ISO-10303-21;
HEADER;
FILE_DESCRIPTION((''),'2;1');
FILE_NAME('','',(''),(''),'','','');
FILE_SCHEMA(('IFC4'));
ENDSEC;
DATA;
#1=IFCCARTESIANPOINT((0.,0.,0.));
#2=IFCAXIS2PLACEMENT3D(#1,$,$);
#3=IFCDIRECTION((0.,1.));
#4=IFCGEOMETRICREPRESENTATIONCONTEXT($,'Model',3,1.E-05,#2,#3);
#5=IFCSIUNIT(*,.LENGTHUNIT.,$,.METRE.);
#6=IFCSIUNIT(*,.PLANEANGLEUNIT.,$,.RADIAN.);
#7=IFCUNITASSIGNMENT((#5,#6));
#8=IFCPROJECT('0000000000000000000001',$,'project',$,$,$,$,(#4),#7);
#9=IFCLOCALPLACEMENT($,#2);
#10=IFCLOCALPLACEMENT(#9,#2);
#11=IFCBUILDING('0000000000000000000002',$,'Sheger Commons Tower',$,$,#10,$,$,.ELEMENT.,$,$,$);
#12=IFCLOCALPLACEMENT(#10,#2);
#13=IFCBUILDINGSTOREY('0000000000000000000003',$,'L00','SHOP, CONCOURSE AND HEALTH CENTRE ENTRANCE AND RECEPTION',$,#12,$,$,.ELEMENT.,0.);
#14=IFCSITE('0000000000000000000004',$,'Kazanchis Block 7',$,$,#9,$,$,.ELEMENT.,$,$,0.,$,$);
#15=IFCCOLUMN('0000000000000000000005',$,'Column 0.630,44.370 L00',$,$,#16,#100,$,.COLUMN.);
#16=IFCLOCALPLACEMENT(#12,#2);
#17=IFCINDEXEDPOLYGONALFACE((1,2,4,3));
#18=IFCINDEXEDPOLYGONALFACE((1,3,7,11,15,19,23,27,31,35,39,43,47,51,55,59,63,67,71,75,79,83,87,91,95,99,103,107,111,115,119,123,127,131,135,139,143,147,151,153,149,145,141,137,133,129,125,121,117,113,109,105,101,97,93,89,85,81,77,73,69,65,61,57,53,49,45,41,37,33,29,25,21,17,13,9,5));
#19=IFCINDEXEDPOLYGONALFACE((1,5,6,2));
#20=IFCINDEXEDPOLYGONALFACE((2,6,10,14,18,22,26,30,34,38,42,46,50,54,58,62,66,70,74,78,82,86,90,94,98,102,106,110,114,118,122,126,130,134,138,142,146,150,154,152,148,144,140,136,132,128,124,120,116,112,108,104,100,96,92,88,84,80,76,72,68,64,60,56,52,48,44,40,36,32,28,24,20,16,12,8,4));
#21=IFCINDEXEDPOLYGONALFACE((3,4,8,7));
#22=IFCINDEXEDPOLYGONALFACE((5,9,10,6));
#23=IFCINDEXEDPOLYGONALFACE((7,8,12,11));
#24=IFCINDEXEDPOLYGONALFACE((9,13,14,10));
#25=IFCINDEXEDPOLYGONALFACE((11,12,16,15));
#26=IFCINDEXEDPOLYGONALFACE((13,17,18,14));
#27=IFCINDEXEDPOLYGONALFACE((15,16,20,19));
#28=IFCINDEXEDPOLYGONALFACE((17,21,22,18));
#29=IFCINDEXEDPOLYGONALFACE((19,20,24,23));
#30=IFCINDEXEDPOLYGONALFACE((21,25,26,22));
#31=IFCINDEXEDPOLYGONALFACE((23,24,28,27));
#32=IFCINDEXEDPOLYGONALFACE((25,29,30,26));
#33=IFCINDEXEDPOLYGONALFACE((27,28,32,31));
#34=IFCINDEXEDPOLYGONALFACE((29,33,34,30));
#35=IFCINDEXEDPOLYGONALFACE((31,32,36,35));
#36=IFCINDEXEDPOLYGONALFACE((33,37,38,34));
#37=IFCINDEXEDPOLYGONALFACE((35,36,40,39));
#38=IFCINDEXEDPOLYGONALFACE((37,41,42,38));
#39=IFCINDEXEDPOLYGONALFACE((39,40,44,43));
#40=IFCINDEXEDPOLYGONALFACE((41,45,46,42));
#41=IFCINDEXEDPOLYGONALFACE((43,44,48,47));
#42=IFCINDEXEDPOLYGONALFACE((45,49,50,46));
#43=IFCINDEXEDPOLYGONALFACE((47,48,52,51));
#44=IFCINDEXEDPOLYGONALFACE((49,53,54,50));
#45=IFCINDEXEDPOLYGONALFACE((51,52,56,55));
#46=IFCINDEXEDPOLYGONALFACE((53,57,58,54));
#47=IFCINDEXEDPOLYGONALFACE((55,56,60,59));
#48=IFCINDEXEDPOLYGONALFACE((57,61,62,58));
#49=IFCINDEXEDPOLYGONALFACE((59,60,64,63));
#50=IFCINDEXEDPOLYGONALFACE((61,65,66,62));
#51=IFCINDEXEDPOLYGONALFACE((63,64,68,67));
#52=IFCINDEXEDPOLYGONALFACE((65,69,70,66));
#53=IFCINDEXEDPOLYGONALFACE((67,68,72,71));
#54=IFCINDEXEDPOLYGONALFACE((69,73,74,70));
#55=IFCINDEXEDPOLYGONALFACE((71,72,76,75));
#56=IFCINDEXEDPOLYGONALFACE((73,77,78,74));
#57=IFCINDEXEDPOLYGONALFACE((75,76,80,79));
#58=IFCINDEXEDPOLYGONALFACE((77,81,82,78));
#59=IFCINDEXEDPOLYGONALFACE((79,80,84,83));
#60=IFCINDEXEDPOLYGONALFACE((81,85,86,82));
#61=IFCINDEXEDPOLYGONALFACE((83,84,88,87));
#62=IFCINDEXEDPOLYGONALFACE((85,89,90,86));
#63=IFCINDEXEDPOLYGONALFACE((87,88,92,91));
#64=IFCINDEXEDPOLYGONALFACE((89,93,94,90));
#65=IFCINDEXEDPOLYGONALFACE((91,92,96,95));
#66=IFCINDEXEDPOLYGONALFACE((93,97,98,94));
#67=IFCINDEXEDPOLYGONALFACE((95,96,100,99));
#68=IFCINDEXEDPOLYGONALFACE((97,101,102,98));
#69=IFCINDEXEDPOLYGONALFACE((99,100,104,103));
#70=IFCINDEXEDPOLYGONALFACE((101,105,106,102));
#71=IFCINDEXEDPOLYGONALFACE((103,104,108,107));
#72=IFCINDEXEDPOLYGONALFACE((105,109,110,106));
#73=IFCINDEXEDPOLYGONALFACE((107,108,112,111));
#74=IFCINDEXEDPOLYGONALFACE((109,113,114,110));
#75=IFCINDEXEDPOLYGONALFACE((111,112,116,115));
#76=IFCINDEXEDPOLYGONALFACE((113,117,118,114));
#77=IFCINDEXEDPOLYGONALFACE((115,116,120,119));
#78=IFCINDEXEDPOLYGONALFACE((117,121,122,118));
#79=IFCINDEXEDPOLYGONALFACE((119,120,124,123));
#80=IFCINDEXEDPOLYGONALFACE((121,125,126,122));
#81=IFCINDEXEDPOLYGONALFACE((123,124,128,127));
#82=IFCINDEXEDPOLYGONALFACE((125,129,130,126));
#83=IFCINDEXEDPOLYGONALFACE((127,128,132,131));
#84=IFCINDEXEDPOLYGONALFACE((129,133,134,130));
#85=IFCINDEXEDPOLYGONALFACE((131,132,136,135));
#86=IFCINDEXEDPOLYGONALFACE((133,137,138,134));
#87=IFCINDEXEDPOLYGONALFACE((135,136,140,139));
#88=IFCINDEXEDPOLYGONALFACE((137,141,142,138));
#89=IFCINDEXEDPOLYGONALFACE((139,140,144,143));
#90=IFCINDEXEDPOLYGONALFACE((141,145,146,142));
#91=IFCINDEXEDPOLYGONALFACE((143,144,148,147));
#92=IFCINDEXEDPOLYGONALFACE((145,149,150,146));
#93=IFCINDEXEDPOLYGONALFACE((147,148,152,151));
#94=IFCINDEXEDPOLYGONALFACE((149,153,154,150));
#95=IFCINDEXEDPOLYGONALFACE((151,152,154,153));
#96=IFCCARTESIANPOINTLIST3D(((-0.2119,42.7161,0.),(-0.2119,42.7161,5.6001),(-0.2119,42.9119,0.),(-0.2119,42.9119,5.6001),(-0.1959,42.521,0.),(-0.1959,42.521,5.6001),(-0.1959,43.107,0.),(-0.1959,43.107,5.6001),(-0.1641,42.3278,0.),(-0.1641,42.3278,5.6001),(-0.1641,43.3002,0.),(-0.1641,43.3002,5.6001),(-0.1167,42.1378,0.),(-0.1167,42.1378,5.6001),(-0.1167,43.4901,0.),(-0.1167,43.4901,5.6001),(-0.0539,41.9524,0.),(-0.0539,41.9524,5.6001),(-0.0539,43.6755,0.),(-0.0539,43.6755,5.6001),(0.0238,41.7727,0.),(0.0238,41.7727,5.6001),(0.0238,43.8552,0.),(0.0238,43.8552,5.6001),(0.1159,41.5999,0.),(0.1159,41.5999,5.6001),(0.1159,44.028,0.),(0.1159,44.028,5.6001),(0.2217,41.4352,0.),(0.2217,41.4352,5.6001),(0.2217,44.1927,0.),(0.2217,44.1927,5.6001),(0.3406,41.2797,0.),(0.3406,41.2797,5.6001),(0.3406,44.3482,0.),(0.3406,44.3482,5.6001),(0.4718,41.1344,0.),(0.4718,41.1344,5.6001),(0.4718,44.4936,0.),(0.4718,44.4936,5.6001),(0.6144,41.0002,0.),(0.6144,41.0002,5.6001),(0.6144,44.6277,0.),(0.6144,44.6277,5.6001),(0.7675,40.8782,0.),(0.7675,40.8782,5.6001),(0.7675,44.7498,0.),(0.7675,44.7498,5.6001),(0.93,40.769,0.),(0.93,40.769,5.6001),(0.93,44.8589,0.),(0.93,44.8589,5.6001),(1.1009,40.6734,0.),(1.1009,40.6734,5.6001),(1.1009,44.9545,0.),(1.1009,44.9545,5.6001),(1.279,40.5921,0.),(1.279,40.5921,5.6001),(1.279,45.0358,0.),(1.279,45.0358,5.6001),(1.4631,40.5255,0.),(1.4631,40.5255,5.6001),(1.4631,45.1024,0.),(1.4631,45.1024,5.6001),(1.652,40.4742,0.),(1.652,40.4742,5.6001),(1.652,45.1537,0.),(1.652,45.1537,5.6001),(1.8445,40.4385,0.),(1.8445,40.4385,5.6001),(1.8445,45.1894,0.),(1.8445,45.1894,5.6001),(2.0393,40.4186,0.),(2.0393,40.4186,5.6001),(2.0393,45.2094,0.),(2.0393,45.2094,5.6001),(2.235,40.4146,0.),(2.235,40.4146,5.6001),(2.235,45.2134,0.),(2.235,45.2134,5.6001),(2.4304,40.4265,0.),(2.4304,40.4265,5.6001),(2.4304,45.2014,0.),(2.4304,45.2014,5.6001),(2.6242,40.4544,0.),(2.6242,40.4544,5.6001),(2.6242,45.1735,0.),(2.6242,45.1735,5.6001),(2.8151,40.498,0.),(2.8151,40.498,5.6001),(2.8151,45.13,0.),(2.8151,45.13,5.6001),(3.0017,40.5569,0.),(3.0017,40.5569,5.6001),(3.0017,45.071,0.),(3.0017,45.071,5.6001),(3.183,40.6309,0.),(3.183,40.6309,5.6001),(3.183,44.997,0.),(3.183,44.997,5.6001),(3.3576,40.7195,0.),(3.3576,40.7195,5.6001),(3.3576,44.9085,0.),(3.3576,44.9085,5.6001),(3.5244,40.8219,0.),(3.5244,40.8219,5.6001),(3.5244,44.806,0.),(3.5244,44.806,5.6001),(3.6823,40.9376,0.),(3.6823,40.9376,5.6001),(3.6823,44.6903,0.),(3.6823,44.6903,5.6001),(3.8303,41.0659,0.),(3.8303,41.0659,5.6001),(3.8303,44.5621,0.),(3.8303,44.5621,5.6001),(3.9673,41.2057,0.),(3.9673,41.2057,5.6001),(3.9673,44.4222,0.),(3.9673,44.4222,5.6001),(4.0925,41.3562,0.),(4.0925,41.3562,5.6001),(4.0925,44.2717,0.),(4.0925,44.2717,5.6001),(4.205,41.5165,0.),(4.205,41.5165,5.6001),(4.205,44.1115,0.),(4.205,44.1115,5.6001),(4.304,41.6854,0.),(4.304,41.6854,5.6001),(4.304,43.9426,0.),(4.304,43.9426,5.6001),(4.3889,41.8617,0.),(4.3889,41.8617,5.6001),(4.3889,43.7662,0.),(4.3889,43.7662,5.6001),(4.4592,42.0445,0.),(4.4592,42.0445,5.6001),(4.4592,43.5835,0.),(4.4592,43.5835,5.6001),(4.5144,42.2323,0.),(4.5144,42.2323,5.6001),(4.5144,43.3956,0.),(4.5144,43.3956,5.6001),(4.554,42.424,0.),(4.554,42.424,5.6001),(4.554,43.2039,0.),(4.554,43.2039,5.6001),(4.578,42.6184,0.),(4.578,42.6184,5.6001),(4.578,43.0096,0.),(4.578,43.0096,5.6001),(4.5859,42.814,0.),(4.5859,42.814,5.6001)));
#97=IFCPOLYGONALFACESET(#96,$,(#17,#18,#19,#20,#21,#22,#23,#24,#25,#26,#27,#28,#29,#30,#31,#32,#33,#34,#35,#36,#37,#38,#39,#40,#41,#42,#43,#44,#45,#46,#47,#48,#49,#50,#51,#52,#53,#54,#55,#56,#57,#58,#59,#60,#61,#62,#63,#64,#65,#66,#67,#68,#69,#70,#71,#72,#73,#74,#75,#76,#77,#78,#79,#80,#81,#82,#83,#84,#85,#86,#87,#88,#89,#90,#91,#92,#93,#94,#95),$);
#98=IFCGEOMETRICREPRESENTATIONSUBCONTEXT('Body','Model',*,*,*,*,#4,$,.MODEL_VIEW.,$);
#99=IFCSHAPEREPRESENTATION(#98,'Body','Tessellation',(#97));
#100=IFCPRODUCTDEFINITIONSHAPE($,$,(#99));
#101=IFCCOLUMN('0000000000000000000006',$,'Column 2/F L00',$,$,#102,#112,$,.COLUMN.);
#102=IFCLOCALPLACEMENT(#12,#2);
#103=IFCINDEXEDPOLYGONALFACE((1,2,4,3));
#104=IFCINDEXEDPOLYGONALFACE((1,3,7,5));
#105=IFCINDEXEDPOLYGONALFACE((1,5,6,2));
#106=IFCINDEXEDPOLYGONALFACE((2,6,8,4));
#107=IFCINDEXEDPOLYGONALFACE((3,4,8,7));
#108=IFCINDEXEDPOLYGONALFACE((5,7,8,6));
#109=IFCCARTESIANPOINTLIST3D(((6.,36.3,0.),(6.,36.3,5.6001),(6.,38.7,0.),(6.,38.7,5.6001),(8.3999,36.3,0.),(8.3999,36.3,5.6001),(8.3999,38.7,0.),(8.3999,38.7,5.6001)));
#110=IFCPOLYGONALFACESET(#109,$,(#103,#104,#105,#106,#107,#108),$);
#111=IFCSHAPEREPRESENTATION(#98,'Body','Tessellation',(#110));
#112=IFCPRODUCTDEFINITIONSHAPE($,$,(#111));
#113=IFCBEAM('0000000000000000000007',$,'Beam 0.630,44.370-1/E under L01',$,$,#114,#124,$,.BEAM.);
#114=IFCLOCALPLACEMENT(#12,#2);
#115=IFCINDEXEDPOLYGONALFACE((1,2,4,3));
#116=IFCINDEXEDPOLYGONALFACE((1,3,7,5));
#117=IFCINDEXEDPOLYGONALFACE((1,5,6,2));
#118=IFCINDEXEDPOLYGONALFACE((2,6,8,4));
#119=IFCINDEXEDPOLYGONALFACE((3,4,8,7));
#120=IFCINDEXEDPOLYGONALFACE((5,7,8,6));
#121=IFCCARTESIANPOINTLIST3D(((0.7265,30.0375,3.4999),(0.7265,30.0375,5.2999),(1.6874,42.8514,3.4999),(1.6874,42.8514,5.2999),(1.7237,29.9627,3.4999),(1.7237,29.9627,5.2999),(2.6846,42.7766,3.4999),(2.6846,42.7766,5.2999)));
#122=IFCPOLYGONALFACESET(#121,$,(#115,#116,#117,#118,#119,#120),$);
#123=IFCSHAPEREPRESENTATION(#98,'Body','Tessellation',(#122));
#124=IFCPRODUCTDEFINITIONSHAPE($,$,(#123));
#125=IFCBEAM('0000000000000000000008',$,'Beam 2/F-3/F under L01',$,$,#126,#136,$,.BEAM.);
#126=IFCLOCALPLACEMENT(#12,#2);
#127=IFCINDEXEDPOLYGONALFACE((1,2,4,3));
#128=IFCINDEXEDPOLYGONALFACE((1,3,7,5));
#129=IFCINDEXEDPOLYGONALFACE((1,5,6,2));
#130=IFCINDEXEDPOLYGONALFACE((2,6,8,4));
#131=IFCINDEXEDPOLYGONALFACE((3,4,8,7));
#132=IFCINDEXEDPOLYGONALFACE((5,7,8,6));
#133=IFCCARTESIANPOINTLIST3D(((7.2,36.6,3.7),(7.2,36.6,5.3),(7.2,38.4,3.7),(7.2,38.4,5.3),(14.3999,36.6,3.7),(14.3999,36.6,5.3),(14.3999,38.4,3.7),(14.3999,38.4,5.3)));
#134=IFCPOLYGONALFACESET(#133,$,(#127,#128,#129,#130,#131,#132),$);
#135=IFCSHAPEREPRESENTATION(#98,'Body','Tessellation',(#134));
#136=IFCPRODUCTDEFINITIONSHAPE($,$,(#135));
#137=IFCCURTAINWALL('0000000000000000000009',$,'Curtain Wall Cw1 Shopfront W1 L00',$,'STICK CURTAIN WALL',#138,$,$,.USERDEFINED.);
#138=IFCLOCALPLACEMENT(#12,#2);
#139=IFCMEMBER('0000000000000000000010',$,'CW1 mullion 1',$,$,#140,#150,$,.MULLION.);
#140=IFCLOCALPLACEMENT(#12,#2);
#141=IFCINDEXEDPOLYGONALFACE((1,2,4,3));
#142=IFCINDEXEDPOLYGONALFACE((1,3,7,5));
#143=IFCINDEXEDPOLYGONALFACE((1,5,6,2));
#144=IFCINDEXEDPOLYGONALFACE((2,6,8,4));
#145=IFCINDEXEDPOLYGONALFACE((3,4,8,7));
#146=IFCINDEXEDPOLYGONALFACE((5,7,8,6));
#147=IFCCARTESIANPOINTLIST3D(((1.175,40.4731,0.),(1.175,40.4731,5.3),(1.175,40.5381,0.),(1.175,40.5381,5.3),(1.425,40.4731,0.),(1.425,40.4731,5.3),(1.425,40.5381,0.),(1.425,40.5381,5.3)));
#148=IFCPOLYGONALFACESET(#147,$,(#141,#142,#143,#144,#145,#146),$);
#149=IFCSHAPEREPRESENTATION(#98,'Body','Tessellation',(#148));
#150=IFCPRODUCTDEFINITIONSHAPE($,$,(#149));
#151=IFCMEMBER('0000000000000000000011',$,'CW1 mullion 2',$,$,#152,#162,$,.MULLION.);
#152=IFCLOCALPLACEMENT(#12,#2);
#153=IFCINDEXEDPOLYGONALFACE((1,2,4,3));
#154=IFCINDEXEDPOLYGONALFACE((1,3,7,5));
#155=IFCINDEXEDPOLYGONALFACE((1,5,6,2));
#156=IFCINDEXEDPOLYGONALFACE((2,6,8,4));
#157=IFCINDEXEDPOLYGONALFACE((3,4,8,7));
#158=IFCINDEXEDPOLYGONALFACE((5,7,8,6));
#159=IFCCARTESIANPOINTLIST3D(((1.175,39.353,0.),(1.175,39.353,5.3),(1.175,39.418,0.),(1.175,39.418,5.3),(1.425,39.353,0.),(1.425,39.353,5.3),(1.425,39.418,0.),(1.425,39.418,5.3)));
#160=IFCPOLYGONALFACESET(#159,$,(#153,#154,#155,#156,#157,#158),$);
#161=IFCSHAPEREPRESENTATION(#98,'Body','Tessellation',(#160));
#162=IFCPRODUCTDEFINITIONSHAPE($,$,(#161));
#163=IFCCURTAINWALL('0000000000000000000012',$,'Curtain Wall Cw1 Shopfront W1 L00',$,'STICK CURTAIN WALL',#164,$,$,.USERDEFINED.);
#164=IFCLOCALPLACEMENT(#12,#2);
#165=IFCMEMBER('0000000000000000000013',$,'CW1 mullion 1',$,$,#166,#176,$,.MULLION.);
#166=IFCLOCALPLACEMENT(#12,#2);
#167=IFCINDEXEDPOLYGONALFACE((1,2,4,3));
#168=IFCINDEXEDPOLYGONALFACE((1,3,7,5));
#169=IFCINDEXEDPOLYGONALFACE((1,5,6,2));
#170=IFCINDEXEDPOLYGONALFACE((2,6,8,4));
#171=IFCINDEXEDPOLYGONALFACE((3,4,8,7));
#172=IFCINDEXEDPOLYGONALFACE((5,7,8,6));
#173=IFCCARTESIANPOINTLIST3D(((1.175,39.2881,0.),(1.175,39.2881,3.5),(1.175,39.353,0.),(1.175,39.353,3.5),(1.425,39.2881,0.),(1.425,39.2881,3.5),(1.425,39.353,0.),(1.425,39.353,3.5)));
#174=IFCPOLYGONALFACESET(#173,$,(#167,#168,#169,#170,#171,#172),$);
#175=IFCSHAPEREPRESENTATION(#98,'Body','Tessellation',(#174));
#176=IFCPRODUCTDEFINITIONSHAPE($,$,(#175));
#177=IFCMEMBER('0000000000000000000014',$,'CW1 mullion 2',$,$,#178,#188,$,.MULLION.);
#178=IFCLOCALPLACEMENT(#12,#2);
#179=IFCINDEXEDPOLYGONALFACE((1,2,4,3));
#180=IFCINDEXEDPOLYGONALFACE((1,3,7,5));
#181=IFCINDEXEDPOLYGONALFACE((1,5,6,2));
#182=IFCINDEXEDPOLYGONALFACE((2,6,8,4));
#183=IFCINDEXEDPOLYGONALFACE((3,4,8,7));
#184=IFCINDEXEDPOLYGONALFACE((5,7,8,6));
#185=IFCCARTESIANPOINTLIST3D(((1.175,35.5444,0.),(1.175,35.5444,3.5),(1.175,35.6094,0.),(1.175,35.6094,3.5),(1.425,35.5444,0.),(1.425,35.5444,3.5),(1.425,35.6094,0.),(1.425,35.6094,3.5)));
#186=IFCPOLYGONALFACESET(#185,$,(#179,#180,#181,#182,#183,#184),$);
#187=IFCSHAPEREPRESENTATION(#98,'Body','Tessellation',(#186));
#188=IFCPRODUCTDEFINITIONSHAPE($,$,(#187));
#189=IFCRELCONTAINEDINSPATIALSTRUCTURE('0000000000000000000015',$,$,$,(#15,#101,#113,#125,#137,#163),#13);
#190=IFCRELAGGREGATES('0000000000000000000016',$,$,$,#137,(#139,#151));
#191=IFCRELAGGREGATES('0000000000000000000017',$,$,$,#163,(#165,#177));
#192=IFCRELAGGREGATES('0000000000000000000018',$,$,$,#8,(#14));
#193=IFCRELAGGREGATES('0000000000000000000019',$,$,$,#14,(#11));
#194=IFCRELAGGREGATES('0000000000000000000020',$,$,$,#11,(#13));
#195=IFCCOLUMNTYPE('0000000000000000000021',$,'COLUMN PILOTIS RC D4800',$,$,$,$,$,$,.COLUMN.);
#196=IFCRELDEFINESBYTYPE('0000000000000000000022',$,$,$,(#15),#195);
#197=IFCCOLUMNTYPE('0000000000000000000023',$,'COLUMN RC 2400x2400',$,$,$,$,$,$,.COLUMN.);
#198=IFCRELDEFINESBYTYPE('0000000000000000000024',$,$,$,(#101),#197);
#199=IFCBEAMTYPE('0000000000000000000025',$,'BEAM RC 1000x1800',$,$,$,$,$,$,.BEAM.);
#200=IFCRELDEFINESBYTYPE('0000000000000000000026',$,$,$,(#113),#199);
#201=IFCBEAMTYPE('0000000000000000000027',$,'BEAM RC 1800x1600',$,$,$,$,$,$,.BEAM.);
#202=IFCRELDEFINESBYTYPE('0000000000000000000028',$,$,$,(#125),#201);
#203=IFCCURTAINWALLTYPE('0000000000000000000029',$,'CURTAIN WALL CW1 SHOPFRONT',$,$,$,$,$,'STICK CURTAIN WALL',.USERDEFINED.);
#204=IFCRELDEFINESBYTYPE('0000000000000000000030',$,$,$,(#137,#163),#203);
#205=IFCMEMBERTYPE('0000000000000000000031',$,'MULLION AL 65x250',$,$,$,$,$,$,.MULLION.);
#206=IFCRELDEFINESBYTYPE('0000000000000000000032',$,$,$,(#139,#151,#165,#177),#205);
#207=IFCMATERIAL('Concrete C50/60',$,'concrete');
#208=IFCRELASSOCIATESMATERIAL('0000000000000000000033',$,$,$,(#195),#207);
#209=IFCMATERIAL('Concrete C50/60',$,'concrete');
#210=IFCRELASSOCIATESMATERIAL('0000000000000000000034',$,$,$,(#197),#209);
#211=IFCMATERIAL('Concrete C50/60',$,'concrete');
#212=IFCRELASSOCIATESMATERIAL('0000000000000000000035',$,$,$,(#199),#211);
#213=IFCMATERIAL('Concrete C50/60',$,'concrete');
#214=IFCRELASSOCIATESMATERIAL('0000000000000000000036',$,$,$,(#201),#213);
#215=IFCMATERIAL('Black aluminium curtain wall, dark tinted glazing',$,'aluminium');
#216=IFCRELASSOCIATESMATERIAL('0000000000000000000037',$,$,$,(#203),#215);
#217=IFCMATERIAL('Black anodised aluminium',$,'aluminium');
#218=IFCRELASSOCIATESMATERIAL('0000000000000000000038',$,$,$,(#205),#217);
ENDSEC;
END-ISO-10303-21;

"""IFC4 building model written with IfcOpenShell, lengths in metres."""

from ifc_helpers import new_model, si_unit, direction, frame, origin, origin_2d, place, context, subcontext, project, spatial, rectangle, circle, extrude, material, material_profile, profile_set, type_object, element, aggregate, save


model = new_model("IFC4")

# Units and contexts
model_context = context("Model", 3, precision=1e-05, world=origin(), true_north=direction((0.0, 1.0)))
body_context = subcontext(model_context, "Body", "Model", "MODEL_VIEW")
ifc_project = project(units=[si_unit("LENGTHUNIT", "METRE"), si_unit("PLANEANGLEUNIT", "RADIAN")], contexts=[model_context])

# Site, building, storey
site_placement = place(None, origin())
site = spatial("IfcSite", under=ifc_project, at=site_placement, Name="Kazanchis Block 7", CompositionType="ELEMENT", RefElevation=0.0)
building_placement = place(site_placement, origin())
building = spatial("IfcBuilding", under=site, at=building_placement, Name="Sheger Commons Tower", CompositionType="ELEMENT")
storey_placement = place(building_placement, origin())
storey = spatial("IfcBuildingStorey", under=building, at=storey_placement, Name="L00", Description="SHOP, CONCOURSE AND HEALTH CENTRE ENTRANCE AND RECEPTION", CompositionType="ELEMENT", Elevation=0.0)

# Columns
ifc_material_1 = material(Name="Concrete C50/60", Category="concrete")
ifc_material_profile_1 = material_profile(ifc_material_1, circle(Radius=2.3999, at=origin_2d()), Name="RC D4800")
ifc_profile_set_1 = profile_set([ifc_material_profile_1], Name="Concrete C50/60")
column_type_1 = type_object("IfcColumnType", Name="COLUMN PILOTIS RC D4800", PredefinedType="COLUMN", material=ifc_profile_set_1)
column_1_placement = place(storey_placement, frame((2.186, 42.814, 0.0), z_axis=(0.0, 0.0, 1.0), x_axis=(1.0, 0.0, 0.0)))
element("IfcColumn", 1, at=column_1_placement, inside=storey, type_object=column_type_1, Name="Column 0.630,44.370 L00", PredefinedType="COLUMN", context=body_context, shape_type="SweptSolid", body=[
    extrude(circle(Radius=2.3999, at=origin_2d()), origin(), (0.0, 0.0, 1.0), 5.6001),
])
ifc_material_2 = material(Name="Concrete C50/60", Category="concrete")
ifc_material_profile_2 = material_profile(ifc_material_2, rectangle(XDim=2.3999, YDim=2.3999, at=origin_2d()), Name="RC 2400x2400")
ifc_profile_set_2 = profile_set([ifc_material_profile_2], Name="Concrete C50/60")
column_type_2 = type_object("IfcColumnType", Name="COLUMN RC 2400x2400", PredefinedType="COLUMN", material=ifc_profile_set_2)
column_2_placement = place(storey_placement, frame((7.2, 37.5, 0.0), z_axis=(0.0, 0.0, 1.0), x_axis=(1.0, 0.0, 0.0)))
element("IfcColumn", 2, at=column_2_placement, inside=storey, type_object=column_type_2, Name="Column 2/F L00", PredefinedType="COLUMN", context=body_context, shape_type="SweptSolid", body=[
    extrude(rectangle(XDim=2.3999, YDim=2.3999, at=origin_2d()), origin(), (0.0, 0.0, 1.0), 5.6001),
])

# Beams
ifc_material_3 = material(Name="Concrete C50/60", Category="concrete")
ifc_material_profile_3 = material_profile(ifc_material_3, rectangle(XDim=1.0, YDim=1.8, at=origin_2d()), Name="RC 1000x1800")
ifc_profile_set_3 = profile_set([ifc_material_profile_3], Name="Concrete C50/60")
beam_type_1 = type_object("IfcBeamType", Name="BEAM RC 1000x1800", PredefinedType="BEAM", material=ifc_profile_set_3)
beam_1_placement = place(storey_placement, frame((2.186, 42.814, 4.3999), z_axis=(-0.074781, -0.9972, 0.0), x_axis=(0.9972, -0.074781, 0.0)))
element("IfcBeam", 3, at=beam_1_placement, inside=storey, type_object=beam_type_1, Name="Beam 0.630,44.370-1/E under L01", PredefinedType="BEAM", context=body_context, shape_type="SweptSolid", body=[
    extrude(rectangle(XDim=1.0, YDim=1.8, at=origin_2d()), origin(), (0.0, 0.0, 1.0), 12.8499),
])
ifc_material_4 = material(Name="Concrete C50/60", Category="concrete")
ifc_material_profile_4 = material_profile(ifc_material_4, rectangle(XDim=1.8, YDim=1.6001, at=origin_2d()), Name="RC 1800x1600")
ifc_profile_set_4 = profile_set([ifc_material_profile_4], Name="Concrete C50/60")
beam_type_2 = type_object("IfcBeamType", Name="BEAM RC 1800x1600", PredefinedType="BEAM", material=ifc_profile_set_4)
beam_2_placement = place(storey_placement, frame((7.2, 37.5, 4.5), z_axis=(1.0, 0.0, 0.0), x_axis=(0.0, 1.0, 0.0)))
element("IfcBeam", 4, at=beam_2_placement, inside=storey, type_object=beam_type_2, Name="Beam 2/F-3/F under L01", PredefinedType="BEAM", context=body_context, shape_type="SweptSolid", body=[
    extrude(rectangle(XDim=1.8, YDim=1.6001, at=origin_2d()), origin(), (0.0, 0.0, 1.0), 7.2),
])

# Curtain walls, members
ifc_material_5 = material(Name="Black aluminium curtain wall, dark tinted glazing", Category="aluminium")
curtain_wall_type = type_object("IfcCurtainWallType", Name="CURTAIN WALL CW1 SHOPFRONT", ElementType="STICK CURTAIN WALL", PredefinedType="USERDEFINED", material=ifc_material_5)
curtain_wall_1_placement = place(storey_placement, origin())
curtain_wall_1 = element("IfcCurtainWall", 5, at=curtain_wall_1_placement, inside=storey, type_object=curtain_wall_type, Name="Curtain Wall Cw1 Shopfront W1 L00", ObjectType="STICK CURTAIN WALL", PredefinedType="USERDEFINED")
ifc_material_6 = material(Name="Black anodised aluminium", Category="aluminium")
ifc_material_profile_5 = material_profile(ifc_material_6, rectangle(XDim=0.25, YDim=0.0649, at=origin_2d()), Name="AL 65x250")
ifc_profile_set_5 = profile_set([ifc_material_profile_5], Name="Black anodised aluminium")
member_type_1 = type_object("IfcMemberType", Name="MULLION AL 65x250", PredefinedType="MULLION", material=ifc_profile_set_5)
member_1_placement = place(storey_placement, frame((1.3, 40.5056, 0.0), z_axis=(0.0, 0.0, 1.0), x_axis=(1.0, 0.0, 0.0)))
member_1 = element("IfcMember", 6, at=member_1_placement, type_object=member_type_1, Name="CW1 mullion 1", PredefinedType="MULLION", context=body_context, shape_type="SweptSolid", body=[
    extrude(rectangle(XDim=0.25, YDim=0.0649, at=origin_2d()), origin(), (0.0, 0.0, 1.0), 5.3),
])
member_2_placement = place(storey_placement, frame((1.3, 39.3855, 0.0), z_axis=(0.0, 0.0, 1.0), x_axis=(1.0, 0.0, 0.0)))
member_2 = element("IfcMember", 7, at=member_2_placement, type_object=member_type_1, Name="CW1 mullion 2", PredefinedType="MULLION", context=body_context, shape_type="SweptSolid", body=[
    extrude(rectangle(XDim=0.25, YDim=0.0649, at=origin_2d()), origin(), (0.0, 0.0, 1.0), 5.3),
])
curtain_wall_2_placement = place(storey_placement, origin())
curtain_wall_2 = element("IfcCurtainWall", 8, at=curtain_wall_2_placement, inside=storey, type_object=curtain_wall_type, Name="Curtain Wall Cw1 Shopfront W1 L00", ObjectType="STICK CURTAIN WALL", PredefinedType="USERDEFINED")
member_3_placement = place(storey_placement, frame((1.3, 39.3206, 0.0), z_axis=(0.0, 0.0, 1.0), x_axis=(1.0, 0.0, 0.0)))
member_3 = element("IfcMember", 9, at=member_3_placement, type_object=member_type_1, Name="CW1 mullion 1", PredefinedType="MULLION", context=body_context, shape_type="SweptSolid", body=[
    extrude(rectangle(XDim=0.25, YDim=0.0649, at=origin_2d()), origin(), (0.0, 0.0, 1.0), 3.5),
])
member_4_placement = place(storey_placement, frame((1.3, 35.5769, 0.0), z_axis=(0.0, 0.0, 1.0), x_axis=(1.0, 0.0, 0.0)))
member_4 = element("IfcMember", 10, at=member_4_placement, type_object=member_type_1, Name="CW1 mullion 2", PredefinedType="MULLION", context=body_context, shape_type="SweptSolid", body=[
    extrude(rectangle(XDim=0.25, YDim=0.0649, at=origin_2d()), origin(), (0.0, 0.0, 1.0), 3.5),
])

aggregate(curtain_wall_1, [member_1, member_2])
aggregate(curtain_wall_2, [member_3, member_4])

save(model, "model.ifc")
